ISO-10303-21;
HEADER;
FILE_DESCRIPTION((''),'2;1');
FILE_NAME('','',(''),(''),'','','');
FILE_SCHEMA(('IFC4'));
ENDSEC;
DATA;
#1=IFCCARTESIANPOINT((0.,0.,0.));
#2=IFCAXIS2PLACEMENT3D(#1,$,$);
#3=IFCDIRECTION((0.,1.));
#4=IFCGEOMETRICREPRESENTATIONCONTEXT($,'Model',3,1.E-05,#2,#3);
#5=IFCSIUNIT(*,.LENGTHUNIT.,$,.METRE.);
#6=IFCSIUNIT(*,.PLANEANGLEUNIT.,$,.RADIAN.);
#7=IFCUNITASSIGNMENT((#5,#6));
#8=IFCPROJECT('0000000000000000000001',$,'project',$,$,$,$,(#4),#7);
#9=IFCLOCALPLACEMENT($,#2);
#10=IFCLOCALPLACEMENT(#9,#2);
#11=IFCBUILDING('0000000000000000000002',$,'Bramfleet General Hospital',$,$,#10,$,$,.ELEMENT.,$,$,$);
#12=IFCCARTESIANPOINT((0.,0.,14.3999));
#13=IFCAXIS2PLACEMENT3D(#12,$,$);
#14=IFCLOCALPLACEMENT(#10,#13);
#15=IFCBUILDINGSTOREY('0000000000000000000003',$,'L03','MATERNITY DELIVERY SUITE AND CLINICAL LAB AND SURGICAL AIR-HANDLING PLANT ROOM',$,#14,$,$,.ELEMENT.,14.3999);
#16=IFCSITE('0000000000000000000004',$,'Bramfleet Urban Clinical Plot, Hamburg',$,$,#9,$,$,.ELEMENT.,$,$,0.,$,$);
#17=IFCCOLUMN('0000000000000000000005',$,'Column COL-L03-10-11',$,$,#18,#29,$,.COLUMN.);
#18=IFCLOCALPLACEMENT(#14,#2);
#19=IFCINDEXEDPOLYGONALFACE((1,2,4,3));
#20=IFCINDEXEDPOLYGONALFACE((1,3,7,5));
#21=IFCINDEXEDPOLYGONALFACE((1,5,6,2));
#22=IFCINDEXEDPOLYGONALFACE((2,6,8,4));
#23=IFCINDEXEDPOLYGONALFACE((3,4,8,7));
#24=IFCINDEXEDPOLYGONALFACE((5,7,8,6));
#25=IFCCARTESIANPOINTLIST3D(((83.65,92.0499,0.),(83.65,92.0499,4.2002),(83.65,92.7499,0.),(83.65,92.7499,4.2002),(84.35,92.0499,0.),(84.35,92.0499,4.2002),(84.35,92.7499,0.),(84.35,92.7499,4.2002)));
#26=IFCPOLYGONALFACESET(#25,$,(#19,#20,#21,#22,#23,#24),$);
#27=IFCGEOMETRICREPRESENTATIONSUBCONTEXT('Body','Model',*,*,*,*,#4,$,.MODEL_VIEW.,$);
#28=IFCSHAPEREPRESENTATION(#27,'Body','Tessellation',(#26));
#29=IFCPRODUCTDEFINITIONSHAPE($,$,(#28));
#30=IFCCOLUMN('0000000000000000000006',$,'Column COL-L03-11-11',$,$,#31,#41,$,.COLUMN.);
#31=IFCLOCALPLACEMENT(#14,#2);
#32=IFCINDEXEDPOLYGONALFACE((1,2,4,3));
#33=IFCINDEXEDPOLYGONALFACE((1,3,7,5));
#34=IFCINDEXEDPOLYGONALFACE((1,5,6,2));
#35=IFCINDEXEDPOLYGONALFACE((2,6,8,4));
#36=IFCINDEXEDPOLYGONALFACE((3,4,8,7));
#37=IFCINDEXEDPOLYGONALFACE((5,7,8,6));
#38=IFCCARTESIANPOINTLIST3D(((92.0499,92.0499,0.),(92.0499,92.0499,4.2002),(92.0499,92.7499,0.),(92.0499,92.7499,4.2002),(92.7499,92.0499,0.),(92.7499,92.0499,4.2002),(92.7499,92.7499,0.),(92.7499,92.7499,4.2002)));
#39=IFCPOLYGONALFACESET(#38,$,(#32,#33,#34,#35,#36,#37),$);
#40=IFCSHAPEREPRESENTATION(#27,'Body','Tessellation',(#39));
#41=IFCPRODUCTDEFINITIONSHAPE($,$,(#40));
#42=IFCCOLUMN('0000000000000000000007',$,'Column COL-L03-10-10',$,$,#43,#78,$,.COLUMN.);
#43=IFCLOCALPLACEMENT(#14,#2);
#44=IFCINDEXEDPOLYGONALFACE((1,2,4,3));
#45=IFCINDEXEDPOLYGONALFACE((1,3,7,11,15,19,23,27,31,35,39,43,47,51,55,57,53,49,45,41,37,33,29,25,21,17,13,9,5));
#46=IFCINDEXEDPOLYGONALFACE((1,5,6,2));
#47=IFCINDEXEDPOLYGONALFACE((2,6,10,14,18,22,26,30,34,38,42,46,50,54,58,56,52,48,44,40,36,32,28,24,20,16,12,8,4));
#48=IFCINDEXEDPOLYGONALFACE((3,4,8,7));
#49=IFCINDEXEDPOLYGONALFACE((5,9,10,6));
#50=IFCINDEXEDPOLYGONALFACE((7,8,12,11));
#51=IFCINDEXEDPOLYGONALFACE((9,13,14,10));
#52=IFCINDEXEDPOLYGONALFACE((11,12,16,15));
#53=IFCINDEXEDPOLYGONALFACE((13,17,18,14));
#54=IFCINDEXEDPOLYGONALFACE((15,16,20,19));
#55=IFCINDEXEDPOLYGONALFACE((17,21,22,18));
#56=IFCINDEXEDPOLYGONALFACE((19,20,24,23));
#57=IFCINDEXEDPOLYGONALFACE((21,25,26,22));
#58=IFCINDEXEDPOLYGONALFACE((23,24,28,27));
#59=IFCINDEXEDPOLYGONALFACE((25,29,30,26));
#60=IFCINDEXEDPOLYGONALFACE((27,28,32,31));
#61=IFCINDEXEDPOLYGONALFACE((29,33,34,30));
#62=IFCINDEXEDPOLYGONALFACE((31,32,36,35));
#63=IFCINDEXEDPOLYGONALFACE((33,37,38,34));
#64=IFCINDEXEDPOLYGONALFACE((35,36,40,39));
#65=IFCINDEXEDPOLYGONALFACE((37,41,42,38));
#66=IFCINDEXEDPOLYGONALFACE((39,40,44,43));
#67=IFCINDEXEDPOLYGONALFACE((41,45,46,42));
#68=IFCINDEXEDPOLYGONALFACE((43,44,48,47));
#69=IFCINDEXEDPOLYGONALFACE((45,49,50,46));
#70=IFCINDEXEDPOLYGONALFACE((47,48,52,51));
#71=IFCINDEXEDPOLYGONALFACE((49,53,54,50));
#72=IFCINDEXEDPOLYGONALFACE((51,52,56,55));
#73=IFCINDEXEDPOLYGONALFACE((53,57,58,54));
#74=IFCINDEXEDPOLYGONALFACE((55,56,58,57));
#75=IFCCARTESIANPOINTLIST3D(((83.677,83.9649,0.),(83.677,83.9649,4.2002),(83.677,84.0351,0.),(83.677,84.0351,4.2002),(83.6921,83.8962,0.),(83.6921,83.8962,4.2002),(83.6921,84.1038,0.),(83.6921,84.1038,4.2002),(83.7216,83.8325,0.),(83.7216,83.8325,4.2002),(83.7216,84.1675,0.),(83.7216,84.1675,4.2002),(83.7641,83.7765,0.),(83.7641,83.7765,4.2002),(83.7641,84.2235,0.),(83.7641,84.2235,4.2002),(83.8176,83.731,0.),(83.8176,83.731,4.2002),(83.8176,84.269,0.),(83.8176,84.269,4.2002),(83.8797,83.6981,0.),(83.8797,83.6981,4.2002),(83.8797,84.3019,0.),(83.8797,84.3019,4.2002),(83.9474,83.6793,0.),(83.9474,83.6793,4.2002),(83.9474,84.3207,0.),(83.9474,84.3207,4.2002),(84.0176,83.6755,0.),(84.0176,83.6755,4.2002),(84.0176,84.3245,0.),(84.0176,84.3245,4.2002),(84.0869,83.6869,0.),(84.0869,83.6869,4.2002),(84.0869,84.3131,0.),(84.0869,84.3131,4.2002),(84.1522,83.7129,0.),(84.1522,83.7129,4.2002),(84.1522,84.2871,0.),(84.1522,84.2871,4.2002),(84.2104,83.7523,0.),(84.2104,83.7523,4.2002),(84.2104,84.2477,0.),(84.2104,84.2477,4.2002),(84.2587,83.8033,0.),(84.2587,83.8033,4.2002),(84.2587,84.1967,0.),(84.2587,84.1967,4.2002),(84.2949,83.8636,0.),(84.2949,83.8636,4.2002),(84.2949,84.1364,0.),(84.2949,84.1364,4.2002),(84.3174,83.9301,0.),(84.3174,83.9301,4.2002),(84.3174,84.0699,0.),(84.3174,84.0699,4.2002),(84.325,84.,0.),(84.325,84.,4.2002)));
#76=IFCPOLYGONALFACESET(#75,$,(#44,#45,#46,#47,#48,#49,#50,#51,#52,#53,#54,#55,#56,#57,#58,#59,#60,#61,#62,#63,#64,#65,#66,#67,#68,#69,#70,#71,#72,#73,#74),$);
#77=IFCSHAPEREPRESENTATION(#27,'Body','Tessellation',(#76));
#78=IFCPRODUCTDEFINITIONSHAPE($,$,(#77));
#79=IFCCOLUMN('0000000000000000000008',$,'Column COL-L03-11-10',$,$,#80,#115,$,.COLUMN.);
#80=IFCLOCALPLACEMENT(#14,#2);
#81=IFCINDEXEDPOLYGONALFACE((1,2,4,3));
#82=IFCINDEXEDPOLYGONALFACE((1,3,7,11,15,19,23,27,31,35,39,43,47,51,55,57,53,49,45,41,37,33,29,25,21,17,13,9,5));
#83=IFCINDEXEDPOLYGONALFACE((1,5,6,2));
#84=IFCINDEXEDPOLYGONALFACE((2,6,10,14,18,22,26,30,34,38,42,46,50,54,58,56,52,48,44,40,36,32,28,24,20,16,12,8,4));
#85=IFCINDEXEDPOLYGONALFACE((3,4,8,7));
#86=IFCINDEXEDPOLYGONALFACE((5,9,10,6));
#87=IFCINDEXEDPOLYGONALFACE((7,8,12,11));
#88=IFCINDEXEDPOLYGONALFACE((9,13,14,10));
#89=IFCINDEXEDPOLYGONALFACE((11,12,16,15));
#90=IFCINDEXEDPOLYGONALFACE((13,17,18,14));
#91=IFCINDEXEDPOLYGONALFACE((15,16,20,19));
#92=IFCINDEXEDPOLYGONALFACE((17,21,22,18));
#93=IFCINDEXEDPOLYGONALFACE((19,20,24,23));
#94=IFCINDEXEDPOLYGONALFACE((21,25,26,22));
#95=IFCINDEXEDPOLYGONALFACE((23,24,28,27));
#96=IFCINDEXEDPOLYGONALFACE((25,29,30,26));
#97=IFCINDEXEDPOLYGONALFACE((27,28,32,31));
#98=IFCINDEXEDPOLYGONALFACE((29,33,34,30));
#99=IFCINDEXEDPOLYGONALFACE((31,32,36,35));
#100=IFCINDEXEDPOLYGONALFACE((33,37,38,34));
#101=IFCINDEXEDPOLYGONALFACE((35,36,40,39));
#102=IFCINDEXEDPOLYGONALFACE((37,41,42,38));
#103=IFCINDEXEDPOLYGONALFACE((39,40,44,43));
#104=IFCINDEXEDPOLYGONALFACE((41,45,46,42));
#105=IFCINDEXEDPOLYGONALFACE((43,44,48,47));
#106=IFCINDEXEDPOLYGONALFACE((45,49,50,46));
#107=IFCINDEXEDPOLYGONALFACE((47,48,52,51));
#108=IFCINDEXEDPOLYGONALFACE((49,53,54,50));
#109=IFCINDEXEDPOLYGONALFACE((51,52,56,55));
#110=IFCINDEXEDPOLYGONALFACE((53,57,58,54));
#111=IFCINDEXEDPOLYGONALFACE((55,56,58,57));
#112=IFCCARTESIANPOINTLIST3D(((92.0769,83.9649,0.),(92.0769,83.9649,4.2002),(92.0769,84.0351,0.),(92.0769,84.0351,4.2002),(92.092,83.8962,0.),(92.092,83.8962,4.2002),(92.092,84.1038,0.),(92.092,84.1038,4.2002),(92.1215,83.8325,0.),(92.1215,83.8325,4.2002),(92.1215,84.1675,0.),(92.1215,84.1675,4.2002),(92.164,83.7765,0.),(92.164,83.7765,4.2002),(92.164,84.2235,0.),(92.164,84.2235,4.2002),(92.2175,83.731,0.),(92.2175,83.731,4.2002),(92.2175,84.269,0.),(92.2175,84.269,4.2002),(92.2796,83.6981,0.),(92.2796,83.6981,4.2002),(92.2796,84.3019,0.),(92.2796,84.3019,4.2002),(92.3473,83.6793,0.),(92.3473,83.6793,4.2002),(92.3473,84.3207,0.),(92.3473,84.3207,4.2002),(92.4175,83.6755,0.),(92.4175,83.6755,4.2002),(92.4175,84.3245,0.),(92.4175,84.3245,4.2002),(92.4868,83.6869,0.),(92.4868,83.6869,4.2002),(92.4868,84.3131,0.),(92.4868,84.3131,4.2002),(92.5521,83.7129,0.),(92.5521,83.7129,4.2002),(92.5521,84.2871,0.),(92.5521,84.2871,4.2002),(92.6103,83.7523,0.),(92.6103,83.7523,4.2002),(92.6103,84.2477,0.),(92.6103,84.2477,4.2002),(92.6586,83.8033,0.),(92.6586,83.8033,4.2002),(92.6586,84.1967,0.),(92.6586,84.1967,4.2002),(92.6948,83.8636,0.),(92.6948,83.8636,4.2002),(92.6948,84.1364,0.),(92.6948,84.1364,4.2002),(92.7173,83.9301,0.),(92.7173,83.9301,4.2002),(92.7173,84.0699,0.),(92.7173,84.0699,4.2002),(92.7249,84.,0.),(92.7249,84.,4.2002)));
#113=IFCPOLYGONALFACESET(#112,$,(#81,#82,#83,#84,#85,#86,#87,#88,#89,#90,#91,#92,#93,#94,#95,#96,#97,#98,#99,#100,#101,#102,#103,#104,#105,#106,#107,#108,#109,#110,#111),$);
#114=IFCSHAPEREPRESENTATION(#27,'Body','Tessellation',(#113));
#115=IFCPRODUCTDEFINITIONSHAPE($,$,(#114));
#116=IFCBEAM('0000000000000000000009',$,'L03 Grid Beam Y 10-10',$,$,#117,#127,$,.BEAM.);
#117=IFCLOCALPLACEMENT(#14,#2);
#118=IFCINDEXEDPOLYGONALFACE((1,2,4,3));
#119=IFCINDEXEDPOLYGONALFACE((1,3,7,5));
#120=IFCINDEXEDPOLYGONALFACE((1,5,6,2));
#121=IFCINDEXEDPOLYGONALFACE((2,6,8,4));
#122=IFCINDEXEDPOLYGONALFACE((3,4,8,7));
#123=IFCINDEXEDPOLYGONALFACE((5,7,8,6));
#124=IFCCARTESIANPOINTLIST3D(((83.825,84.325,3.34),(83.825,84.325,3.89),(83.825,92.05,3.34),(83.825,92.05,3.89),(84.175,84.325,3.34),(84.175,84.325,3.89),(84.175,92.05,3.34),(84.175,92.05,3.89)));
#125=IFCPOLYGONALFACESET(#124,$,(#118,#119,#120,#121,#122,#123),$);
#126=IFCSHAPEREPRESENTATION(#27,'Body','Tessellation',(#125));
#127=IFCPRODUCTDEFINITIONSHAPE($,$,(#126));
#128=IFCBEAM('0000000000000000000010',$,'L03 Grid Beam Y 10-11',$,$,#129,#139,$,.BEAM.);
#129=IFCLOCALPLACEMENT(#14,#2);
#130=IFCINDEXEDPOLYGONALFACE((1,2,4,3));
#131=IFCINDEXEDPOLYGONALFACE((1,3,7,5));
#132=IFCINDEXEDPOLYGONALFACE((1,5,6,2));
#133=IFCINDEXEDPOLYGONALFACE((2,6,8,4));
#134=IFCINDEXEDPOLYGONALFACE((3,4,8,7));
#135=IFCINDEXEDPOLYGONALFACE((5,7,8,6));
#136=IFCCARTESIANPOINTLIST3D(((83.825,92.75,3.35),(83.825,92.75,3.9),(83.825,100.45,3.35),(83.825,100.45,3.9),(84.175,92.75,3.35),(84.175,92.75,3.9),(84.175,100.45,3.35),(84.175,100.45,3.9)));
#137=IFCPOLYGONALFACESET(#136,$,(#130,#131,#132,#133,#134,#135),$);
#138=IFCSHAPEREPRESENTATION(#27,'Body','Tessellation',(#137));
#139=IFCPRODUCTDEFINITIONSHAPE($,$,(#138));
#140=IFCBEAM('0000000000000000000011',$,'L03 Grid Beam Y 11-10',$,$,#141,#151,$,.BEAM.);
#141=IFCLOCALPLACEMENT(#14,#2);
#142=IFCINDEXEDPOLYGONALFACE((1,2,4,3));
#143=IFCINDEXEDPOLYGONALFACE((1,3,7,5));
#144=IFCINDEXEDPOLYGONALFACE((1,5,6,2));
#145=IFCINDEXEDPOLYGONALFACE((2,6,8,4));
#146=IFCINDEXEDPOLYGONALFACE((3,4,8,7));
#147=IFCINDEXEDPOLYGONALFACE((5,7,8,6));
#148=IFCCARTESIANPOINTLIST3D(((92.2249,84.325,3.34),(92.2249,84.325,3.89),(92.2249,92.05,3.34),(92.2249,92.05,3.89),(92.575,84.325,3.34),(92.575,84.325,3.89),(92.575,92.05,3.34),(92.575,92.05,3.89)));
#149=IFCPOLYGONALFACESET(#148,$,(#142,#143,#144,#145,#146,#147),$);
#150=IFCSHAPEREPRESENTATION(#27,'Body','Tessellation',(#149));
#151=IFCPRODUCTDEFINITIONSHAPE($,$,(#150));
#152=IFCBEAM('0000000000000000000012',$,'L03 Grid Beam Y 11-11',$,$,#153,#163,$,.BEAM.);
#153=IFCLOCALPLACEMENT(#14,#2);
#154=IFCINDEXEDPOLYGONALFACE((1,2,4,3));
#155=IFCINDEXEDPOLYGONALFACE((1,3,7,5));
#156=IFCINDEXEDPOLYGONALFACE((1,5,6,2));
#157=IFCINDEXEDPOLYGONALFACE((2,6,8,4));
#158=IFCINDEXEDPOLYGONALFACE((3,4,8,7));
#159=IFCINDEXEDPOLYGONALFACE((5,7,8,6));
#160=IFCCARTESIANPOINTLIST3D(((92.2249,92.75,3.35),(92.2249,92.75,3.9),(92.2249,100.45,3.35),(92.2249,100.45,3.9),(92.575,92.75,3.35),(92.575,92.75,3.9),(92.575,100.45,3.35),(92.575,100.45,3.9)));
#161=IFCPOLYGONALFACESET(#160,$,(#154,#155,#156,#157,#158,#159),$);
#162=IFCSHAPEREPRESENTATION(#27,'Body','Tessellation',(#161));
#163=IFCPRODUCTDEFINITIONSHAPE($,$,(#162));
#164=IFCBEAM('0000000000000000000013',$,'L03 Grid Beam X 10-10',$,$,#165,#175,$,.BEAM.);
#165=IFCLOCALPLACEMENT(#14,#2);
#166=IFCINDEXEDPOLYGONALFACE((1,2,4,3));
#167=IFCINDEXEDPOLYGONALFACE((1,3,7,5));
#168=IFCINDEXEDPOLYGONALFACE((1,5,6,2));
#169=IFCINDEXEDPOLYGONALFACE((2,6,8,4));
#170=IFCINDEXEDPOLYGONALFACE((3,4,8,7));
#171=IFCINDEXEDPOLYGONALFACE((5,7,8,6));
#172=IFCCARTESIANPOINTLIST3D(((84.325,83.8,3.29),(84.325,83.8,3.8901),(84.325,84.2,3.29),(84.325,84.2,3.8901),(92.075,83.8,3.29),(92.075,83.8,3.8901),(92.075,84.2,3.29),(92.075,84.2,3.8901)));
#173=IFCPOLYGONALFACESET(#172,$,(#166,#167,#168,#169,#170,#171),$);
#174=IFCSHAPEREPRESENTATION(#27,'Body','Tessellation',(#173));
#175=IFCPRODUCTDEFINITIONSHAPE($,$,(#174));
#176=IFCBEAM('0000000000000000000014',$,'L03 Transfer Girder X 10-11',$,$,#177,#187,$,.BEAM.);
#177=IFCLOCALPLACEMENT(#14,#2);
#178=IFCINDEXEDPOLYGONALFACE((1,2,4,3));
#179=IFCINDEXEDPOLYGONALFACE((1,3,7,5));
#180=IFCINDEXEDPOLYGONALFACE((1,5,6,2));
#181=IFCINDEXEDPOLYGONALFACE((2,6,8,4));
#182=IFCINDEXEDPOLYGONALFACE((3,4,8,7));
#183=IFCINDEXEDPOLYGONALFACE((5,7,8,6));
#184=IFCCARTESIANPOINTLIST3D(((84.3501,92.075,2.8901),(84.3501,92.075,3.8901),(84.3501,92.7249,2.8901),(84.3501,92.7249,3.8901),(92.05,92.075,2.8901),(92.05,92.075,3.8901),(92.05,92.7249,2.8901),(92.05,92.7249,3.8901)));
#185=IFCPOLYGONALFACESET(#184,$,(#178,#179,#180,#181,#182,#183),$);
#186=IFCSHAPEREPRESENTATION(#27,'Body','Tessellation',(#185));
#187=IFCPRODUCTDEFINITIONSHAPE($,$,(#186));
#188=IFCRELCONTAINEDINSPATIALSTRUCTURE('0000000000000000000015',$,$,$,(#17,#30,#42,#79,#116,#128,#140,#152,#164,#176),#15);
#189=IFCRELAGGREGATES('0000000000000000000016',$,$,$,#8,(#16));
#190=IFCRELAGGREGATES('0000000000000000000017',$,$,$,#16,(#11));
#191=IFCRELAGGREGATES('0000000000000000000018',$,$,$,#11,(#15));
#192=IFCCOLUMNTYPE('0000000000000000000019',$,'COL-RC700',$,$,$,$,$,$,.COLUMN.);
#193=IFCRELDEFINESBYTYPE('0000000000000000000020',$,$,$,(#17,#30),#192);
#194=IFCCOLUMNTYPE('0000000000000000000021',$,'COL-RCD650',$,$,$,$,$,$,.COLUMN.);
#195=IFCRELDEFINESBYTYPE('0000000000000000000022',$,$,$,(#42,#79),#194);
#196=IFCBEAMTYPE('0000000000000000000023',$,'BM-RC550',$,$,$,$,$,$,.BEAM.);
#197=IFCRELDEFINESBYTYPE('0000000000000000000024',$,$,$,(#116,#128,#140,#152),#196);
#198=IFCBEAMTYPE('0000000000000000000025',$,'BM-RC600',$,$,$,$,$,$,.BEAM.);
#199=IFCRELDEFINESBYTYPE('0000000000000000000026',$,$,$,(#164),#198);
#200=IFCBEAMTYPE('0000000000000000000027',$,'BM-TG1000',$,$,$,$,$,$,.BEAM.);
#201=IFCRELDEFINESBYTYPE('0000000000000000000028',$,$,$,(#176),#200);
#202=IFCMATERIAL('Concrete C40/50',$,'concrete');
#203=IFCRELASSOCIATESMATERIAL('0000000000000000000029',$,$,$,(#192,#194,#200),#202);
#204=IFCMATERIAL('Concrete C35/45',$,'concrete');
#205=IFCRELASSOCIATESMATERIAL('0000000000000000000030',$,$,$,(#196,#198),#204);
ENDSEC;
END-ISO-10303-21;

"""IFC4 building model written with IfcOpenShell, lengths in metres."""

from ifc_helpers import new_model, si_unit, direction, frame, origin, origin_2d, place, context, subcontext, project, spatial, rectangle, circle, extrude, material, material_profile, profile_set, type_object, element, save


model = new_model("IFC4")

# Units and contexts
model_context = context("Model", 3, precision=1e-05, world=origin(), true_north=direction((0.0, 1.0)))
body_context = subcontext(model_context, "Body", "Model", "MODEL_VIEW")
ifc_project = project(units=[si_unit("LENGTHUNIT", "METRE"), si_unit("PLANEANGLEUNIT", "RADIAN")], contexts=[model_context])

# Site, building, storey
site_placement = place(None, origin())
site = spatial("IfcSite", under=ifc_project, at=site_placement, Name="Bramfleet Urban Clinical Plot, Hamburg", CompositionType="ELEMENT", RefElevation=0.0)
building_placement = place(site_placement, origin())
building = spatial("IfcBuilding", under=site, at=building_placement, Name="Bramfleet General Hospital", CompositionType="ELEMENT")
storey_placement = place(building_placement, frame((0.0, 0.0, 14.3999)))
storey = spatial("IfcBuildingStorey", under=building, at=storey_placement, Name="L03", Description="MATERNITY DELIVERY SUITE AND CLINICAL LAB AND SURGICAL AIR-HANDLING PLANT ROOM", CompositionType="ELEMENT", Elevation=14.3999)

# Columns
ifc_material_1 = material(Name="Concrete C40/50", Category="concrete")
ifc_material_profile_1 = material_profile(ifc_material_1, rectangle(XDim=0.7, YDim=0.7, at=origin_2d()), Name="RC COL 700x700")
ifc_profile_set_1 = profile_set([ifc_material_profile_1], Name="Concrete C40/50")
column_type_1 = type_object("IfcColumnType", Name="COL-RC700", PredefinedType="COLUMN", material=ifc_profile_set_1)
for number, where, z_axis, x_axis, name in (
    (1, (84.0, 92.3999, 0.0), (0.0, 0.0, 1.0), (1.0, 0.0, 0.0), "Column COL-L03-10-11"),
    (2, (92.3999, 92.3999, 0.0), (0.0, 0.0, 1.0), (1.0, 0.0, 0.0), "Column COL-L03-11-11"),
):
    element("IfcColumn", number, at=place(storey_placement, frame(where, z_axis=z_axis, x_axis=x_axis)), inside=storey, type_object=column_type_1, Name=name, PredefinedType="COLUMN", context=body_context, shape_type="SweptSolid", body=[
        extrude(rectangle(XDim=0.7, YDim=0.7, at=origin_2d()), origin(), (0.0, 0.0, 1.0), 4.2002),
    ])
ifc_material_profile_2 = material_profile(ifc_material_1, circle(Radius=0.325, at=origin_2d()), Name="RC ROUND D650")
ifc_profile_set_2 = profile_set([ifc_material_profile_2], Name="Concrete C40/50")
column_type_2 = type_object("IfcColumnType", Name="COL-RCD650", PredefinedType="COLUMN", material=ifc_profile_set_2)
for number, where, z_axis, x_axis, name in (
    (3, (84.0, 84.0, 0.0), (0.0, 0.0, 1.0), (1.0, 0.0, 0.0), "Column COL-L03-10-10"),
    (4, (92.3999, 84.0, 0.0), (0.0, 0.0, 1.0), (1.0, 0.0, 0.0), "Column COL-L03-11-10"),
):
    element("IfcColumn", number, at=place(storey_placement, frame(where, z_axis=z_axis, x_axis=x_axis)), inside=storey, type_object=column_type_2, Name=name, PredefinedType="COLUMN", context=body_context, shape_type="SweptSolid", body=[
        extrude(circle(Radius=0.325, at=origin_2d()), origin(), (0.0, 0.0, 1.0), 4.2002),
    ])

# Beams
ifc_material_2 = material(Name="Concrete C35/45", Category="concrete")
ifc_material_profile_3 = material_profile(ifc_material_2, rectangle(XDim=0.3501, YDim=0.55, at=origin_2d()), Name="RC BM 550x350")
ifc_profile_set_3 = profile_set([ifc_material_profile_3], Name="Concrete C35/45")
beam_type_1 = type_object("IfcBeamType", Name="BM-RC550", PredefinedType="BEAM", material=ifc_profile_set_3)
beam_1_placement = place(storey_placement, frame((84.0, 84.325, 3.615), z_axis=(0.0, 1.0, 0.0), x_axis=(-1.0, 0.0, 0.0)))
element("IfcBeam", 5, at=beam_1_placement, inside=storey, type_object=beam_type_1, Name="L03 Grid Beam Y 10-10", PredefinedType="BEAM", context=body_context, shape_type="SweptSolid", body=[
    extrude(rectangle(XDim=0.3501, YDim=0.55, at=origin_2d()), origin(), (0.0, 0.0, 1.0), 7.7251),
])
beam_2_placement = place(storey_placement, frame((84.0, 92.75, 3.625), z_axis=(0.0, 1.0, 0.0), x_axis=(-1.0, 0.0, 0.0)))
element("IfcBeam", 6, at=beam_2_placement, inside=storey, type_object=beam_type_1, Name="L03 Grid Beam Y 10-11", PredefinedType="BEAM", context=body_context, shape_type="SweptSolid", body=[
    extrude(rectangle(XDim=0.3501, YDim=0.55, at=origin_2d()), origin(), (0.0, 0.0, 1.0), 7.7),
])
beam_3_placement = place(storey_placement, frame((92.3999, 84.325, 3.615), z_axis=(0.0, 1.0, 0.0), x_axis=(-1.0, 0.0, 0.0)))
element("IfcBeam", 7, at=beam_3_placement, inside=storey, type_object=beam_type_1, Name="L03 Grid Beam Y 11-10", PredefinedType="BEAM", context=body_context, shape_type="SweptSolid", body=[
    extrude(rectangle(XDim=0.3501, YDim=0.55, at=origin_2d()), origin(), (0.0, 0.0, 1.0), 7.7251),
])
beam_4_placement = place(storey_placement, frame((92.3999, 92.75, 3.625), z_axis=(0.0, 1.0, 0.0), x_axis=(-1.0, 0.0, 0.0)))
element("IfcBeam", 8, at=beam_4_placement, inside=storey, type_object=beam_type_1, Name="L03 Grid Beam Y 11-11", PredefinedType="BEAM", context=body_context, shape_type="SweptSolid", body=[
    extrude(rectangle(XDim=0.3501, YDim=0.55, at=origin_2d()), origin(), (0.0, 0.0, 1.0), 7.7),
])
ifc_material_profile_4 = material_profile(ifc_material_2, rectangle(XDim=0.3999, YDim=0.6001, at=origin_2d()), Name="RC BM 600x400")
ifc_profile_set_4 = profile_set([ifc_material_profile_4], Name="Concrete C35/45")
beam_type_2 = type_object("IfcBeamType", Name="BM-RC600", PredefinedType="BEAM", material=ifc_profile_set_4)
beam_5_placement = place(storey_placement, frame((84.325, 84.0, 3.5901), z_axis=(1.0, 0.0, 0.0), x_axis=(0.0, 1.0, 0.0)))
element("IfcBeam", 9, at=beam_5_placement, inside=storey, type_object=beam_type_2, Name="L03 Grid Beam X 10-10", PredefinedType="BEAM", context=body_context, shape_type="SweptSolid", body=[
    extrude(rectangle(XDim=0.3999, YDim=0.6001, at=origin_2d()), origin(), (0.0, 0.0, 1.0), 7.75),
])
ifc_material_profile_5 = material_profile(ifc_material_1, rectangle(XDim=0.6499, YDim=1.0, at=origin_2d()), Name="RC TG 1000x650")
ifc_profile_set_5 = profile_set([ifc_material_profile_5], Name="Concrete C40/50")
beam_type_3 = type_object("IfcBeamType", Name="BM-TG1000", PredefinedType="BEAM", material=ifc_profile_set_5)
beam_6_placement = place(storey_placement, frame((84.3501, 92.3999, 3.3901), z_axis=(1.0, 0.0, 0.0), x_axis=(0.0, 1.0, 0.0)))
element("IfcBeam", 10, at=beam_6_placement, inside=storey, type_object=beam_type_3, Name="L03 Transfer Girder X 10-11", PredefinedType="BEAM", context=body_context, shape_type="SweptSolid", body=[
    extrude(rectangle(XDim=0.6499, YDim=1.0, at=origin_2d()), origin(), (0.0, 0.0, 1.0), 7.7),
])

save(model, "model.ifc")
